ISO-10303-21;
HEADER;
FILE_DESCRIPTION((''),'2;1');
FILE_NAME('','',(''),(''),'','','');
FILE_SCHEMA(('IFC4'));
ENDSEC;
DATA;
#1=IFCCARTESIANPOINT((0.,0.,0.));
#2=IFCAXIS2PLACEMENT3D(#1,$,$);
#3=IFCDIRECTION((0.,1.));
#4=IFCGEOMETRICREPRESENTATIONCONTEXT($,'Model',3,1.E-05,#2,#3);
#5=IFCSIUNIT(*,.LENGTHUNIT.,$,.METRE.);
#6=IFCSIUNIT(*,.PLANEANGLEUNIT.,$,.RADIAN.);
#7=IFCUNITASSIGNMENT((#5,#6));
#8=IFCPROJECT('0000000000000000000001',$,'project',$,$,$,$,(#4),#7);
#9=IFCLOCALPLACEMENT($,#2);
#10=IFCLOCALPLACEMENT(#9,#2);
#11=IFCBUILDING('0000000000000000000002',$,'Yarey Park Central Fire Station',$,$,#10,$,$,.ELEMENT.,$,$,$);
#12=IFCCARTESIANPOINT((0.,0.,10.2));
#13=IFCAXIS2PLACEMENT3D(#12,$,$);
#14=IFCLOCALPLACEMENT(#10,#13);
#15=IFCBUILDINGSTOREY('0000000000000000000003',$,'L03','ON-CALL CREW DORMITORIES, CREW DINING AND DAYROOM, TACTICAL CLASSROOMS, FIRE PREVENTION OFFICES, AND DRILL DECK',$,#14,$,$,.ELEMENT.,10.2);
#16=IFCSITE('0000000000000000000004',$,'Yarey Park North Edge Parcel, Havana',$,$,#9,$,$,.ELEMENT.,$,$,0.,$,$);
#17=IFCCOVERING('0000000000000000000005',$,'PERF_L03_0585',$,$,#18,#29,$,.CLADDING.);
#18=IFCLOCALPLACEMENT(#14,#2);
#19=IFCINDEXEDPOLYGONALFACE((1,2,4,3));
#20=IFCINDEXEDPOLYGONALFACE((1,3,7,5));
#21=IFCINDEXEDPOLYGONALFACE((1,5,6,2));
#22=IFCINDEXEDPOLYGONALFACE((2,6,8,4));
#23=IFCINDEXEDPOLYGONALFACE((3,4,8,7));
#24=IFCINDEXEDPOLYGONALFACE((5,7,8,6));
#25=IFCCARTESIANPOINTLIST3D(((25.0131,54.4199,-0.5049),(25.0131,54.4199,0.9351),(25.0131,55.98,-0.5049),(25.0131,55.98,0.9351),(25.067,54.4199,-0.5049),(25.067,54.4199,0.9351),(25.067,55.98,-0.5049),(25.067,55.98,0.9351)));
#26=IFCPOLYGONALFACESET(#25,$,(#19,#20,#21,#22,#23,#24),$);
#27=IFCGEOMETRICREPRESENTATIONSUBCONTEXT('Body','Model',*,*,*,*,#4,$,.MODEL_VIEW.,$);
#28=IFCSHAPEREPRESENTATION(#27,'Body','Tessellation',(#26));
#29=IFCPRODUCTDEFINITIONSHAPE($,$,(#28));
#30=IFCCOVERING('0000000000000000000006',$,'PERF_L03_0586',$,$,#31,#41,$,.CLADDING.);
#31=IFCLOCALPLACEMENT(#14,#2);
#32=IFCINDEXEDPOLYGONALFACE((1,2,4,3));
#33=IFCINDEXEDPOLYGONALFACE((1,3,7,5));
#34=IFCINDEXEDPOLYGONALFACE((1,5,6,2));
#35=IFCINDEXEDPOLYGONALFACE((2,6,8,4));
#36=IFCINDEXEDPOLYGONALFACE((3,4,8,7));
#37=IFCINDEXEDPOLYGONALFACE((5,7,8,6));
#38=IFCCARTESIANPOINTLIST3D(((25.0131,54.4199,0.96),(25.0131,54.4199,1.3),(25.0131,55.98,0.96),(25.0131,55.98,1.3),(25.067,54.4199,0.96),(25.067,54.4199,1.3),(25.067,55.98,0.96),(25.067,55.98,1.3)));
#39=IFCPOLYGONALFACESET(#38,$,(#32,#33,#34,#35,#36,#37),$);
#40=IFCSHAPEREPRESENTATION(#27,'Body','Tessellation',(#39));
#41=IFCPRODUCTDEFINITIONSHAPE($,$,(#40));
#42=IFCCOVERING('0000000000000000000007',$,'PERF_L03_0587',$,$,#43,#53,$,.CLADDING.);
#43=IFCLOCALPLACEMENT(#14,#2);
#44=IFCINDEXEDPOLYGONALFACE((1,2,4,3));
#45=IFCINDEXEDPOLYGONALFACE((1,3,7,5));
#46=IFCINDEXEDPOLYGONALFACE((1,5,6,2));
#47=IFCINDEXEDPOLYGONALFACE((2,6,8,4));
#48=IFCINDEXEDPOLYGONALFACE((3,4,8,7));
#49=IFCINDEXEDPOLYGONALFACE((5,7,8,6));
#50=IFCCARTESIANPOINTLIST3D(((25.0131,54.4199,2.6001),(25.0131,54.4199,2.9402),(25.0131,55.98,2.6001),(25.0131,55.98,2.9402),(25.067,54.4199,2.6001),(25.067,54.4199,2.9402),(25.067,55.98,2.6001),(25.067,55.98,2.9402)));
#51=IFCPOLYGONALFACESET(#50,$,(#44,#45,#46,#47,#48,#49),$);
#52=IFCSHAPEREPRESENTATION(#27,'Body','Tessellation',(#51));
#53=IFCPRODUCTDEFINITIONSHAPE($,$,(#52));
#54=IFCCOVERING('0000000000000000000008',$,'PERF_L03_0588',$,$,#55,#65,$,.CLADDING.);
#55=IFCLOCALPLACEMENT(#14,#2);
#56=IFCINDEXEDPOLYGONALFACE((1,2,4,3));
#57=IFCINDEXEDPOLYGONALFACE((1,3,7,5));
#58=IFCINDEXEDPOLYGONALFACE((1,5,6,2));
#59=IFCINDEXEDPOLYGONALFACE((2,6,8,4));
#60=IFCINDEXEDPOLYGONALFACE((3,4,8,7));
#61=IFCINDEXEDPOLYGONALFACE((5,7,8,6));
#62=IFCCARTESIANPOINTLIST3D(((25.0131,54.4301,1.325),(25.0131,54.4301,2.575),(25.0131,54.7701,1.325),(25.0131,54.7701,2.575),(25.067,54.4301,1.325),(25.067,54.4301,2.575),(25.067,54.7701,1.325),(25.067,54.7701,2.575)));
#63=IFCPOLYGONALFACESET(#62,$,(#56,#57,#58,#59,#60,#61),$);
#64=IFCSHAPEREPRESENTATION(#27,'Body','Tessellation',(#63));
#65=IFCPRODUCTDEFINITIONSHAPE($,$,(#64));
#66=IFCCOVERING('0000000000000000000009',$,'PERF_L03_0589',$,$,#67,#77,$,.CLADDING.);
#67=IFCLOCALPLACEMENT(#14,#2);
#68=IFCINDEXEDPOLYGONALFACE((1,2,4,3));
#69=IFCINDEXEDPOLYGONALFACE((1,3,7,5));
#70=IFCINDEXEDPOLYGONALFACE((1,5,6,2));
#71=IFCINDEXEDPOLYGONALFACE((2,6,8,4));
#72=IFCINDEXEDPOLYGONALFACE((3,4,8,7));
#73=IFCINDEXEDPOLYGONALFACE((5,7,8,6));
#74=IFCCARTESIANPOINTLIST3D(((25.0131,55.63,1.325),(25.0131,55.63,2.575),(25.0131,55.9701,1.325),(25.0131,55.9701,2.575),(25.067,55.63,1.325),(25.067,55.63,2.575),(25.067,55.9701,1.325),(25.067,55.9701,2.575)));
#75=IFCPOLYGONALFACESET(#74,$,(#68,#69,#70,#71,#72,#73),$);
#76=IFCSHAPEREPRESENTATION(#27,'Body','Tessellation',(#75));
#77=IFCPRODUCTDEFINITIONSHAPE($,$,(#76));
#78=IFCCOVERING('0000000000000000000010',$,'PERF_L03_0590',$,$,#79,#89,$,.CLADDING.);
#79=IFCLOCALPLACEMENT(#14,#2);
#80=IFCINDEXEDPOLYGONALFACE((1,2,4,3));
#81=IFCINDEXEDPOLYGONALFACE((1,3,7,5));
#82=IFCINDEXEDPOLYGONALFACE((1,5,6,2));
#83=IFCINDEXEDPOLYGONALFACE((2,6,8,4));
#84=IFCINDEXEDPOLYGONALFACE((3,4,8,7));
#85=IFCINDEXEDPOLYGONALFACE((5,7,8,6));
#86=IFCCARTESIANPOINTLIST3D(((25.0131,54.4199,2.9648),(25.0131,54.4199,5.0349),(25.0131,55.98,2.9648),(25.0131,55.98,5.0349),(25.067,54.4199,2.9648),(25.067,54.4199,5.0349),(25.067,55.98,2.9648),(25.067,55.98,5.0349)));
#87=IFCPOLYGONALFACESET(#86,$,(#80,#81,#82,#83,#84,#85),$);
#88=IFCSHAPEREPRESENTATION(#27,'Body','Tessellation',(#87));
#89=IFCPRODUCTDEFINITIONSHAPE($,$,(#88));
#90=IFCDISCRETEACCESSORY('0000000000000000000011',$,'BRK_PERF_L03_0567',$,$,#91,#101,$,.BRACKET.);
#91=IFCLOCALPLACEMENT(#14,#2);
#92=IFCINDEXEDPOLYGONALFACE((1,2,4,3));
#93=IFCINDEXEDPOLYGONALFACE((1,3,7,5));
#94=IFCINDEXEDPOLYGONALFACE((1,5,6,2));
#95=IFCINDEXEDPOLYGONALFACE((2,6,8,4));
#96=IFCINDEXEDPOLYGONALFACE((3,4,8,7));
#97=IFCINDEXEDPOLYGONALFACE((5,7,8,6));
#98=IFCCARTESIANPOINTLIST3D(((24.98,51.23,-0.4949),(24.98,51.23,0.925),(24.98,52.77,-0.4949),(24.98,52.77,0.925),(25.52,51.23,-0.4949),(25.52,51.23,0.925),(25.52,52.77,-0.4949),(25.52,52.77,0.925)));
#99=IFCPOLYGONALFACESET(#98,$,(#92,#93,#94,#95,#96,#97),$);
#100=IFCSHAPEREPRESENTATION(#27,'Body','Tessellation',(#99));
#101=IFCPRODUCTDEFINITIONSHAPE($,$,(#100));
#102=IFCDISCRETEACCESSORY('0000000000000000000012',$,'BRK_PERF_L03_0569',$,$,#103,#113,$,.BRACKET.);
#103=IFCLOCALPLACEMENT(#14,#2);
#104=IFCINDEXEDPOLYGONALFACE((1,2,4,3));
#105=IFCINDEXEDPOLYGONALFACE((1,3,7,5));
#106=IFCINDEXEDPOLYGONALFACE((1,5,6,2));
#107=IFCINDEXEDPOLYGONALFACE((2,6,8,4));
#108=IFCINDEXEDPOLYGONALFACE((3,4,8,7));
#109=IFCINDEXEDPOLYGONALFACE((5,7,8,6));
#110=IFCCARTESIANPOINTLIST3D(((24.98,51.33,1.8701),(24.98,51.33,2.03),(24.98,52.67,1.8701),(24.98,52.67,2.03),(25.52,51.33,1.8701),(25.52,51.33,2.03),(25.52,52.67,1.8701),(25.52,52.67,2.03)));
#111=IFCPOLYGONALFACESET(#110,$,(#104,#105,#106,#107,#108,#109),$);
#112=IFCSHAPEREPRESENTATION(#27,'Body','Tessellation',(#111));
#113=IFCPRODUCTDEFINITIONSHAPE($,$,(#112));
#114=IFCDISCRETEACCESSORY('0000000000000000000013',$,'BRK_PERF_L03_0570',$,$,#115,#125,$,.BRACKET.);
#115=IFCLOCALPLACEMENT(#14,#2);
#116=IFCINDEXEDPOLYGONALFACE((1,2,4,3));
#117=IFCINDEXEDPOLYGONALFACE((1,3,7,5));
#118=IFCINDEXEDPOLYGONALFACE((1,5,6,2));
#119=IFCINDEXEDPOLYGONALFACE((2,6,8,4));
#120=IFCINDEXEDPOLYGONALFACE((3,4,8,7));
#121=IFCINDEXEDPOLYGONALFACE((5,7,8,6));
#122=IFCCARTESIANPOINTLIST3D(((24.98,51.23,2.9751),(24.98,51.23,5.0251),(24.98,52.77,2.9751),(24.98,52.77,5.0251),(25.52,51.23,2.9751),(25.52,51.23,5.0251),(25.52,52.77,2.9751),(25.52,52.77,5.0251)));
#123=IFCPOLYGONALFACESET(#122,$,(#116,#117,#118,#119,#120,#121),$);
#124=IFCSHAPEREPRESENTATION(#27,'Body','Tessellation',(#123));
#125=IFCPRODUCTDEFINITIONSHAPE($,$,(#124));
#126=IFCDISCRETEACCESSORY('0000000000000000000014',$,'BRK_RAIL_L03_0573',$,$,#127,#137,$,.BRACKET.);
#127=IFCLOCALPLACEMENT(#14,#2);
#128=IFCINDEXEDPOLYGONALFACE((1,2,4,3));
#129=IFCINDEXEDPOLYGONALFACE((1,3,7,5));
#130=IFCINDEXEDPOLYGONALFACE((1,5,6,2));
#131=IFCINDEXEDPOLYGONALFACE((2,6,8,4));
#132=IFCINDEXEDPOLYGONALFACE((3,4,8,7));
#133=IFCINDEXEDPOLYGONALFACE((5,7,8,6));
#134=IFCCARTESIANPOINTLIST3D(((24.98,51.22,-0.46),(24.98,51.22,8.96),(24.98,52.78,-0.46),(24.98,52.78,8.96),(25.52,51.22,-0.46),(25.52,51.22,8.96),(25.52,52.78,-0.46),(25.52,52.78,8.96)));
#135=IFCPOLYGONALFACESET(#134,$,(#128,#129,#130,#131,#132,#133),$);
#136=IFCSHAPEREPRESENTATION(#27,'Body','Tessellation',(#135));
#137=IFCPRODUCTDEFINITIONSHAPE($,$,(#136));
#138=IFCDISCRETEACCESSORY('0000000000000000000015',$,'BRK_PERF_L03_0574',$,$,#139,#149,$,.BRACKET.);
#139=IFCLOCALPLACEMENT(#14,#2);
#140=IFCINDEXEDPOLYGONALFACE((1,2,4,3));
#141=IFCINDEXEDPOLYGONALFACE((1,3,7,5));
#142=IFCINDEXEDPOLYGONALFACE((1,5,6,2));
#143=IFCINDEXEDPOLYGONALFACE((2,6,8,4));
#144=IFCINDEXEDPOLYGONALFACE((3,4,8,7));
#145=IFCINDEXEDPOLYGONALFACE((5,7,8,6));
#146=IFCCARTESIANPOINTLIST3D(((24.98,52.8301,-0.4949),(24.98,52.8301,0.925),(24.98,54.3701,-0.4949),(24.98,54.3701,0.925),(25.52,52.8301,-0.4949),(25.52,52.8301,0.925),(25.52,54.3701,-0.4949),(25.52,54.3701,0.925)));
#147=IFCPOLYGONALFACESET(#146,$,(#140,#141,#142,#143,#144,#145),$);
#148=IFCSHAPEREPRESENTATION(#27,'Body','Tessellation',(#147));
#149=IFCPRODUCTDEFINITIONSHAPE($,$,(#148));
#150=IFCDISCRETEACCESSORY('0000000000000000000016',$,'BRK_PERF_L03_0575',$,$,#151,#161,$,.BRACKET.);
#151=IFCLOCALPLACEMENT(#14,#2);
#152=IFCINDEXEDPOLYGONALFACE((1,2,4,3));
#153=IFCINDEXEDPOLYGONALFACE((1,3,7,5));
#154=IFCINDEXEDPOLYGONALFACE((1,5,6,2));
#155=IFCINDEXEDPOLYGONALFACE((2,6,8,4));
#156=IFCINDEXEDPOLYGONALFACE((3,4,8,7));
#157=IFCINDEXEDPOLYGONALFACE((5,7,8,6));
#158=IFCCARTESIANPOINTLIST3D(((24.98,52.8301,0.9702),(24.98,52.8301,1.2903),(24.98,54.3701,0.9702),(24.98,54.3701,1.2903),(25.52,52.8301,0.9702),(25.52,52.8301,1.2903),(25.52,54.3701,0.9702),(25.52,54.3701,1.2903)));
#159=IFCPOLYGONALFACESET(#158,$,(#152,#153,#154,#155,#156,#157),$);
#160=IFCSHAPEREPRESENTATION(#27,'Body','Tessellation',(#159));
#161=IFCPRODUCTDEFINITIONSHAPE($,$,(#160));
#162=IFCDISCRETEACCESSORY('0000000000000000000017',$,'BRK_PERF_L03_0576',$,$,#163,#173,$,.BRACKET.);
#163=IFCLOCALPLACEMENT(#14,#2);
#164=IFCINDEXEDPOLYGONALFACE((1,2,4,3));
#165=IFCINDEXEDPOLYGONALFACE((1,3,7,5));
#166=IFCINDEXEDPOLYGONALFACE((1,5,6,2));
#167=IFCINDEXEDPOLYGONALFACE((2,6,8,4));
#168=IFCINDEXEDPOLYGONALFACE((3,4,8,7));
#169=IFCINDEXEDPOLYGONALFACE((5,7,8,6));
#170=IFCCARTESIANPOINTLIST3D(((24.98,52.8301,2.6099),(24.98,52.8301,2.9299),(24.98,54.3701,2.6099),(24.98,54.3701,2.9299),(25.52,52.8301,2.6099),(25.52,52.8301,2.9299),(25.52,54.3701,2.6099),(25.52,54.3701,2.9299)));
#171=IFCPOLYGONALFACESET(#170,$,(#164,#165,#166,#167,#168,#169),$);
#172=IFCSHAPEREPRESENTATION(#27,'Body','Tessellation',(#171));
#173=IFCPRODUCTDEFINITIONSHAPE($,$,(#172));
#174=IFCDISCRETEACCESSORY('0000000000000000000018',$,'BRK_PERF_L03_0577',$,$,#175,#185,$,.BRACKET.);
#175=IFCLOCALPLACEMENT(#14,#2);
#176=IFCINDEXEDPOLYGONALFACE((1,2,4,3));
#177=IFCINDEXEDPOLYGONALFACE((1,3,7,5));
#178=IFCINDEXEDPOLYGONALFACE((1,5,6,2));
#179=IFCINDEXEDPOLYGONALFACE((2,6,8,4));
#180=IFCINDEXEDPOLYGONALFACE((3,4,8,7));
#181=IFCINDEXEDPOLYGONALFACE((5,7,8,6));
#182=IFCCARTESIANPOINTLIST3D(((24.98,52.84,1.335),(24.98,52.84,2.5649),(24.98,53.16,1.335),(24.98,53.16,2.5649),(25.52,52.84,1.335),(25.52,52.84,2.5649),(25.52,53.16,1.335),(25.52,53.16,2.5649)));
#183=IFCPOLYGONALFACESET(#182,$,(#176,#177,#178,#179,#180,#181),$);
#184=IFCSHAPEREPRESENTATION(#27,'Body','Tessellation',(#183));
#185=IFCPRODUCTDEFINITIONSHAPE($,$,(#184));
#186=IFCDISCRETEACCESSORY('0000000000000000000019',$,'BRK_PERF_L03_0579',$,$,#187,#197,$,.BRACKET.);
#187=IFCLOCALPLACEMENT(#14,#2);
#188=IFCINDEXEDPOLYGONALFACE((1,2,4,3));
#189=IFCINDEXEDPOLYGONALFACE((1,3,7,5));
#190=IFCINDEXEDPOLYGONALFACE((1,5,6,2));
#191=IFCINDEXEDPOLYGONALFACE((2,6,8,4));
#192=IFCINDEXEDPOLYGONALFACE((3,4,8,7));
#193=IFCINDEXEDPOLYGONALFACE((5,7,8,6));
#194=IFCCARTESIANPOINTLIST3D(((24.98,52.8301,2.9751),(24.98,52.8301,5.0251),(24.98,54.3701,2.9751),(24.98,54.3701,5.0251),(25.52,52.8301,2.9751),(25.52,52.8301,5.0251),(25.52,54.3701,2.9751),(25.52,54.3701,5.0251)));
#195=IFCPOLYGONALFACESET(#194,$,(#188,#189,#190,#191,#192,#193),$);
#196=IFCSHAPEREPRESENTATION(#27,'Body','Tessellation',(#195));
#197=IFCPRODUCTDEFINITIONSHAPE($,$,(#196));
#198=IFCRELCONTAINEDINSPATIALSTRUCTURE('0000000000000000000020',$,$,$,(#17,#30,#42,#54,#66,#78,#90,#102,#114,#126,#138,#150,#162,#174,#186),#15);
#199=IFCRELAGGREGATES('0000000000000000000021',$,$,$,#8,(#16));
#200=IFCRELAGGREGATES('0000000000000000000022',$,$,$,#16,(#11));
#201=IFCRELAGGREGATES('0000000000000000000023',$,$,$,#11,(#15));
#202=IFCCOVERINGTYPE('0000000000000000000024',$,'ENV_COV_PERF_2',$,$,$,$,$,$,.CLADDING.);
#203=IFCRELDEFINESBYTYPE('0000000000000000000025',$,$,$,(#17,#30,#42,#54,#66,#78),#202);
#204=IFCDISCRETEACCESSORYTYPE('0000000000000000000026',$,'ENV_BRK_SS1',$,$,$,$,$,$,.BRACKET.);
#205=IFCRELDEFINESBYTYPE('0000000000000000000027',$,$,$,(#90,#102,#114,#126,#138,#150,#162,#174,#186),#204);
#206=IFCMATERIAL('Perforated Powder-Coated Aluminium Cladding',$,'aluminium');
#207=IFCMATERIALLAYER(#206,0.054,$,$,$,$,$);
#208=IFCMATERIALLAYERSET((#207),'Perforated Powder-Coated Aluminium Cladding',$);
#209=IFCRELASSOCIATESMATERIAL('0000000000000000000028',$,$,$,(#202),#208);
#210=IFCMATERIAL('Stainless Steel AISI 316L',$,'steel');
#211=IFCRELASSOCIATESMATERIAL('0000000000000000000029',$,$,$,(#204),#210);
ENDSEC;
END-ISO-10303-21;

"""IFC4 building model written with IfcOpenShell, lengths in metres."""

from ifc_helpers import new_model, si_unit, direction, frame, origin, origin_2d, place, context, subcontext, project, spatial, rectangle, extrude, material, layer, layer_set, type_object, element, save


model = new_model("IFC4")

# Units and contexts
model_context = context("Model", 3, precision=1e-05, world=origin(), true_north=direction((0.0, 1.0)))
body_context = subcontext(model_context, "Body", "Model", "MODEL_VIEW")
ifc_project = project(units=[si_unit("LENGTHUNIT", "METRE"), si_unit("PLANEANGLEUNIT", "RADIAN")], contexts=[model_context])

# Site, building, storey
site_placement = place(None, origin())
site = spatial("IfcSite", under=ifc_project, at=site_placement, Name="Yarey Park North Edge Parcel, Havana", CompositionType="ELEMENT", RefElevation=0.0)
building_placement = place(site_placement, origin())
building = spatial("IfcBuilding", under=site, at=building_placement, Name="Yarey Park Central Fire Station", CompositionType="ELEMENT")
storey_placement = place(building_placement, frame((0.0, 0.0, 10.2)))
storey = spatial("IfcBuildingStorey", under=building, at=storey_placement, Name="L03", Description="ON-CALL CREW DORMITORIES, CREW DINING AND DAYROOM, TACTICAL CLASSROOMS, FIRE PREVENTION OFFICES, AND DRILL DECK", CompositionType="ELEMENT", Elevation=10.2)

# Coverings
ifc_material_1 = material(Name="Perforated Powder-Coated Aluminium Cladding", Category="aluminium")
ifc_layer_1 = layer(ifc_material_1, 0.054)
ifc_layer_set_1 = layer_set([ifc_layer_1], Name="Perforated Powder-Coated Aluminium Cladding")
covering_type_1 = type_object("IfcCoveringType", Name="ENV_COV_PERF_2", PredefinedType="CLADDING", material=ifc_layer_set_1)
covering_1_placement = place(storey_placement, frame((25.04, 55.2, -0.5049), z_axis=(0.0, 0.0, 1.0), x_axis=(0.0, 1.0, 0.0)))
element("IfcCovering", 1, at=covering_1_placement, inside=storey, type_object=covering_type_1, Name="PERF_L03_0585", PredefinedType="CLADDING", context=body_context, shape_type="SweptSolid", body=[
    extrude(rectangle(XDim=1.5601, YDim=0.054, at=origin_2d()), origin(), (0.0, 0.0, 1.0), 1.4399),
])
for number, where, z_axis, x_axis, name in (
    (2, (25.04, 55.2, 0.96), (0.0, 0.0, 1.0), (0.0, 1.0, 0.0), "PERF_L03_0586"),
    (3, (25.04, 55.2, 2.6001), (0.0, 0.0, 1.0), (0.0, 1.0, 0.0), "PERF_L03_0587"),
):
    element("IfcCovering", number, at=place(storey_placement, frame(where, z_axis=z_axis, x_axis=x_axis)), inside=storey, type_object=covering_type_1, Name=name, PredefinedType="CLADDING", context=body_context, shape_type="SweptSolid", body=[
        extrude(rectangle(XDim=1.5601, YDim=0.054, at=origin_2d()), origin(), (0.0, 0.0, 1.0), 0.3401),
    ])
for number, where, z_axis, x_axis, name in (
    (4, (25.04, 54.6001, 1.325), (0.0, 0.0, 1.0), (0.0, 1.0, 0.0), "PERF_L03_0588"),
    (5, (25.04, 55.8, 1.325), (0.0, 0.0, 1.0), (0.0, 1.0, 0.0), "PERF_L03_0589"),
):
    element("IfcCovering", number, at=place(storey_placement, frame(where, z_axis=z_axis, x_axis=x_axis)), inside=storey, type_object=covering_type_1, Name=name, PredefinedType="CLADDING", context=body_context, shape_type="SweptSolid", body=[
        extrude(rectangle(XDim=0.3401, YDim=0.054, at=origin_2d()), origin(), (0.0, 0.0, 1.0), 1.25),
    ])
covering_2_placement = place(storey_placement, frame((25.04, 55.2, 2.9648), z_axis=(0.0, 0.0, 1.0), x_axis=(0.0, 1.0, 0.0)))
element("IfcCovering", 6, at=covering_2_placement, inside=storey, type_object=covering_type_1, Name="PERF_L03_0590", PredefinedType="CLADDING", context=body_context, shape_type="SweptSolid", body=[
    extrude(rectangle(XDim=1.5601, YDim=0.054, at=origin_2d()), origin(), (0.0, 0.0, 1.0), 2.0701),
])

# Discrete accessories
ifc_material_2 = material(Name="Stainless Steel AISI 316L", Category="steel")
discrete_accessory_type = type_object("IfcDiscreteAccessoryType", Name="ENV_BRK_SS1", PredefinedType="BRACKET", material=ifc_material_2)
discrete_accessory_1_placement = place(storey_placement, frame((25.25, 52.0, -0.4949), z_axis=(0.0, 0.0, 1.0), x_axis=(1.0, 0.0, 0.0)))
element("IfcDiscreteAccessory", 7, at=discrete_accessory_1_placement, inside=storey, type_object=discrete_accessory_type, Name="BRK_PERF_L03_0567", PredefinedType="BRACKET", context=body_context, shape_type="SweptSolid", body=[
    extrude(rectangle(XDim=0.54, YDim=1.54, at=origin_2d()), origin(), (0.0, 0.0, 1.0), 1.4199),
])
discrete_accessory_2_placement = place(storey_placement, frame((25.25, 52.0, 1.8701), z_axis=(0.0, 0.0, 1.0), x_axis=(1.0, 0.0, 0.0)))
element("IfcDiscreteAccessory", 8, at=discrete_accessory_2_placement, inside=storey, type_object=discrete_accessory_type, Name="BRK_PERF_L03_0569", PredefinedType="BRACKET", context=body_context, shape_type="SweptSolid", body=[
    extrude(rectangle(XDim=0.54, YDim=1.3401, at=origin_2d()), origin(), (0.0, 0.0, 1.0), 0.1599),
])
discrete_accessory_3_placement = place(storey_placement, frame((25.25, 52.0, 2.9751), z_axis=(0.0, 0.0, 1.0), x_axis=(1.0, 0.0, 0.0)))
element("IfcDiscreteAccessory", 9, at=discrete_accessory_3_placement, inside=storey, type_object=discrete_accessory_type, Name="BRK_PERF_L03_0570", PredefinedType="BRACKET", context=body_context, shape_type="SweptSolid", body=[
    extrude(rectangle(XDim=0.54, YDim=1.54, at=origin_2d()), origin(), (0.0, 0.0, 1.0), 2.05),
])
discrete_accessory_4_placement = place(storey_placement, frame((25.25, 52.0, -0.46), z_axis=(0.0, 0.0, 1.0), x_axis=(1.0, 0.0, 0.0)))
element("IfcDiscreteAccessory", 10, at=discrete_accessory_4_placement, inside=storey, type_object=discrete_accessory_type, Name="BRK_RAIL_L03_0573", PredefinedType="BRACKET", context=body_context, shape_type="SweptSolid", body=[
    extrude(rectangle(XDim=0.54, YDim=1.5601, at=origin_2d()), origin(), (0.0, 0.0, 1.0), 9.4199),
])
discrete_accessory_5_placement = place(storey_placement, frame((25.25, 53.6001, -0.4949), z_axis=(0.0, 0.0, 1.0), x_axis=(1.0, 0.0, 0.0)))
element("IfcDiscreteAccessory", 11, at=discrete_accessory_5_placement, inside=storey, type_object=discrete_accessory_type, Name="BRK_PERF_L03_0574", PredefinedType="BRACKET", context=body_context, shape_type="SweptSolid", body=[
    extrude(rectangle(XDim=0.54, YDim=1.54, at=origin_2d()), origin(), (0.0, 0.0, 1.0), 1.4199),
])
for number, where, z_axis, x_axis, name in (
    (12, (25.25, 53.6001, 0.9702), (0.0, 0.0, 1.0), (1.0, 0.0, 0.0), "BRK_PERF_L03_0575"),
    (13, (25.25, 53.6001, 2.6099), (0.0, 0.0, 1.0), (1.0, 0.0, 0.0), "BRK_PERF_L03_0576"),
):
    element("IfcDiscreteAccessory", number, at=place(storey_placement, frame(where, z_axis=z_axis, x_axis=x_axis)), inside=storey, type_object=discrete_accessory_type, Name=name, PredefinedType="BRACKET", context=body_context, shape_type="SweptSolid", body=[
        extrude(rectangle(XDim=0.54, YDim=1.54, at=origin_2d()), origin(), (0.0, 0.0, 1.0), 0.3201),
    ])
discrete_accessory_6_placement = place(storey_placement, frame((25.25, 53.0, 1.335), z_axis=(0.0, 0.0, 1.0), x_axis=(1.0, 0.0, 0.0)))
element("IfcDiscreteAccessory", 14, at=discrete_accessory_6_placement, inside=storey, type_object=discrete_accessory_type, Name="BRK_PERF_L03_0577", PredefinedType="BRACKET", context=body_context, shape_type="SweptSolid", body=[
    extrude(rectangle(XDim=0.54, YDim=0.3201, at=origin_2d()), origin(), (0.0, 0.0, 1.0), 1.23),
])
discrete_accessory_7_placement = place(storey_placement, frame((25.25, 53.6001, 2.9751), z_axis=(0.0, 0.0, 1.0), x_axis=(1.0, 0.0, 0.0)))
element("IfcDiscreteAccessory", 15, at=discrete_accessory_7_placement, inside=storey, type_object=discrete_accessory_type, Name="BRK_PERF_L03_0579", PredefinedType="BRACKET", context=body_context, shape_type="SweptSolid", body=[
    extrude(rectangle(XDim=0.54, YDim=1.54, at=origin_2d()), origin(), (0.0, 0.0, 1.0), 2.05),
])

save(model, "model.ifc")
